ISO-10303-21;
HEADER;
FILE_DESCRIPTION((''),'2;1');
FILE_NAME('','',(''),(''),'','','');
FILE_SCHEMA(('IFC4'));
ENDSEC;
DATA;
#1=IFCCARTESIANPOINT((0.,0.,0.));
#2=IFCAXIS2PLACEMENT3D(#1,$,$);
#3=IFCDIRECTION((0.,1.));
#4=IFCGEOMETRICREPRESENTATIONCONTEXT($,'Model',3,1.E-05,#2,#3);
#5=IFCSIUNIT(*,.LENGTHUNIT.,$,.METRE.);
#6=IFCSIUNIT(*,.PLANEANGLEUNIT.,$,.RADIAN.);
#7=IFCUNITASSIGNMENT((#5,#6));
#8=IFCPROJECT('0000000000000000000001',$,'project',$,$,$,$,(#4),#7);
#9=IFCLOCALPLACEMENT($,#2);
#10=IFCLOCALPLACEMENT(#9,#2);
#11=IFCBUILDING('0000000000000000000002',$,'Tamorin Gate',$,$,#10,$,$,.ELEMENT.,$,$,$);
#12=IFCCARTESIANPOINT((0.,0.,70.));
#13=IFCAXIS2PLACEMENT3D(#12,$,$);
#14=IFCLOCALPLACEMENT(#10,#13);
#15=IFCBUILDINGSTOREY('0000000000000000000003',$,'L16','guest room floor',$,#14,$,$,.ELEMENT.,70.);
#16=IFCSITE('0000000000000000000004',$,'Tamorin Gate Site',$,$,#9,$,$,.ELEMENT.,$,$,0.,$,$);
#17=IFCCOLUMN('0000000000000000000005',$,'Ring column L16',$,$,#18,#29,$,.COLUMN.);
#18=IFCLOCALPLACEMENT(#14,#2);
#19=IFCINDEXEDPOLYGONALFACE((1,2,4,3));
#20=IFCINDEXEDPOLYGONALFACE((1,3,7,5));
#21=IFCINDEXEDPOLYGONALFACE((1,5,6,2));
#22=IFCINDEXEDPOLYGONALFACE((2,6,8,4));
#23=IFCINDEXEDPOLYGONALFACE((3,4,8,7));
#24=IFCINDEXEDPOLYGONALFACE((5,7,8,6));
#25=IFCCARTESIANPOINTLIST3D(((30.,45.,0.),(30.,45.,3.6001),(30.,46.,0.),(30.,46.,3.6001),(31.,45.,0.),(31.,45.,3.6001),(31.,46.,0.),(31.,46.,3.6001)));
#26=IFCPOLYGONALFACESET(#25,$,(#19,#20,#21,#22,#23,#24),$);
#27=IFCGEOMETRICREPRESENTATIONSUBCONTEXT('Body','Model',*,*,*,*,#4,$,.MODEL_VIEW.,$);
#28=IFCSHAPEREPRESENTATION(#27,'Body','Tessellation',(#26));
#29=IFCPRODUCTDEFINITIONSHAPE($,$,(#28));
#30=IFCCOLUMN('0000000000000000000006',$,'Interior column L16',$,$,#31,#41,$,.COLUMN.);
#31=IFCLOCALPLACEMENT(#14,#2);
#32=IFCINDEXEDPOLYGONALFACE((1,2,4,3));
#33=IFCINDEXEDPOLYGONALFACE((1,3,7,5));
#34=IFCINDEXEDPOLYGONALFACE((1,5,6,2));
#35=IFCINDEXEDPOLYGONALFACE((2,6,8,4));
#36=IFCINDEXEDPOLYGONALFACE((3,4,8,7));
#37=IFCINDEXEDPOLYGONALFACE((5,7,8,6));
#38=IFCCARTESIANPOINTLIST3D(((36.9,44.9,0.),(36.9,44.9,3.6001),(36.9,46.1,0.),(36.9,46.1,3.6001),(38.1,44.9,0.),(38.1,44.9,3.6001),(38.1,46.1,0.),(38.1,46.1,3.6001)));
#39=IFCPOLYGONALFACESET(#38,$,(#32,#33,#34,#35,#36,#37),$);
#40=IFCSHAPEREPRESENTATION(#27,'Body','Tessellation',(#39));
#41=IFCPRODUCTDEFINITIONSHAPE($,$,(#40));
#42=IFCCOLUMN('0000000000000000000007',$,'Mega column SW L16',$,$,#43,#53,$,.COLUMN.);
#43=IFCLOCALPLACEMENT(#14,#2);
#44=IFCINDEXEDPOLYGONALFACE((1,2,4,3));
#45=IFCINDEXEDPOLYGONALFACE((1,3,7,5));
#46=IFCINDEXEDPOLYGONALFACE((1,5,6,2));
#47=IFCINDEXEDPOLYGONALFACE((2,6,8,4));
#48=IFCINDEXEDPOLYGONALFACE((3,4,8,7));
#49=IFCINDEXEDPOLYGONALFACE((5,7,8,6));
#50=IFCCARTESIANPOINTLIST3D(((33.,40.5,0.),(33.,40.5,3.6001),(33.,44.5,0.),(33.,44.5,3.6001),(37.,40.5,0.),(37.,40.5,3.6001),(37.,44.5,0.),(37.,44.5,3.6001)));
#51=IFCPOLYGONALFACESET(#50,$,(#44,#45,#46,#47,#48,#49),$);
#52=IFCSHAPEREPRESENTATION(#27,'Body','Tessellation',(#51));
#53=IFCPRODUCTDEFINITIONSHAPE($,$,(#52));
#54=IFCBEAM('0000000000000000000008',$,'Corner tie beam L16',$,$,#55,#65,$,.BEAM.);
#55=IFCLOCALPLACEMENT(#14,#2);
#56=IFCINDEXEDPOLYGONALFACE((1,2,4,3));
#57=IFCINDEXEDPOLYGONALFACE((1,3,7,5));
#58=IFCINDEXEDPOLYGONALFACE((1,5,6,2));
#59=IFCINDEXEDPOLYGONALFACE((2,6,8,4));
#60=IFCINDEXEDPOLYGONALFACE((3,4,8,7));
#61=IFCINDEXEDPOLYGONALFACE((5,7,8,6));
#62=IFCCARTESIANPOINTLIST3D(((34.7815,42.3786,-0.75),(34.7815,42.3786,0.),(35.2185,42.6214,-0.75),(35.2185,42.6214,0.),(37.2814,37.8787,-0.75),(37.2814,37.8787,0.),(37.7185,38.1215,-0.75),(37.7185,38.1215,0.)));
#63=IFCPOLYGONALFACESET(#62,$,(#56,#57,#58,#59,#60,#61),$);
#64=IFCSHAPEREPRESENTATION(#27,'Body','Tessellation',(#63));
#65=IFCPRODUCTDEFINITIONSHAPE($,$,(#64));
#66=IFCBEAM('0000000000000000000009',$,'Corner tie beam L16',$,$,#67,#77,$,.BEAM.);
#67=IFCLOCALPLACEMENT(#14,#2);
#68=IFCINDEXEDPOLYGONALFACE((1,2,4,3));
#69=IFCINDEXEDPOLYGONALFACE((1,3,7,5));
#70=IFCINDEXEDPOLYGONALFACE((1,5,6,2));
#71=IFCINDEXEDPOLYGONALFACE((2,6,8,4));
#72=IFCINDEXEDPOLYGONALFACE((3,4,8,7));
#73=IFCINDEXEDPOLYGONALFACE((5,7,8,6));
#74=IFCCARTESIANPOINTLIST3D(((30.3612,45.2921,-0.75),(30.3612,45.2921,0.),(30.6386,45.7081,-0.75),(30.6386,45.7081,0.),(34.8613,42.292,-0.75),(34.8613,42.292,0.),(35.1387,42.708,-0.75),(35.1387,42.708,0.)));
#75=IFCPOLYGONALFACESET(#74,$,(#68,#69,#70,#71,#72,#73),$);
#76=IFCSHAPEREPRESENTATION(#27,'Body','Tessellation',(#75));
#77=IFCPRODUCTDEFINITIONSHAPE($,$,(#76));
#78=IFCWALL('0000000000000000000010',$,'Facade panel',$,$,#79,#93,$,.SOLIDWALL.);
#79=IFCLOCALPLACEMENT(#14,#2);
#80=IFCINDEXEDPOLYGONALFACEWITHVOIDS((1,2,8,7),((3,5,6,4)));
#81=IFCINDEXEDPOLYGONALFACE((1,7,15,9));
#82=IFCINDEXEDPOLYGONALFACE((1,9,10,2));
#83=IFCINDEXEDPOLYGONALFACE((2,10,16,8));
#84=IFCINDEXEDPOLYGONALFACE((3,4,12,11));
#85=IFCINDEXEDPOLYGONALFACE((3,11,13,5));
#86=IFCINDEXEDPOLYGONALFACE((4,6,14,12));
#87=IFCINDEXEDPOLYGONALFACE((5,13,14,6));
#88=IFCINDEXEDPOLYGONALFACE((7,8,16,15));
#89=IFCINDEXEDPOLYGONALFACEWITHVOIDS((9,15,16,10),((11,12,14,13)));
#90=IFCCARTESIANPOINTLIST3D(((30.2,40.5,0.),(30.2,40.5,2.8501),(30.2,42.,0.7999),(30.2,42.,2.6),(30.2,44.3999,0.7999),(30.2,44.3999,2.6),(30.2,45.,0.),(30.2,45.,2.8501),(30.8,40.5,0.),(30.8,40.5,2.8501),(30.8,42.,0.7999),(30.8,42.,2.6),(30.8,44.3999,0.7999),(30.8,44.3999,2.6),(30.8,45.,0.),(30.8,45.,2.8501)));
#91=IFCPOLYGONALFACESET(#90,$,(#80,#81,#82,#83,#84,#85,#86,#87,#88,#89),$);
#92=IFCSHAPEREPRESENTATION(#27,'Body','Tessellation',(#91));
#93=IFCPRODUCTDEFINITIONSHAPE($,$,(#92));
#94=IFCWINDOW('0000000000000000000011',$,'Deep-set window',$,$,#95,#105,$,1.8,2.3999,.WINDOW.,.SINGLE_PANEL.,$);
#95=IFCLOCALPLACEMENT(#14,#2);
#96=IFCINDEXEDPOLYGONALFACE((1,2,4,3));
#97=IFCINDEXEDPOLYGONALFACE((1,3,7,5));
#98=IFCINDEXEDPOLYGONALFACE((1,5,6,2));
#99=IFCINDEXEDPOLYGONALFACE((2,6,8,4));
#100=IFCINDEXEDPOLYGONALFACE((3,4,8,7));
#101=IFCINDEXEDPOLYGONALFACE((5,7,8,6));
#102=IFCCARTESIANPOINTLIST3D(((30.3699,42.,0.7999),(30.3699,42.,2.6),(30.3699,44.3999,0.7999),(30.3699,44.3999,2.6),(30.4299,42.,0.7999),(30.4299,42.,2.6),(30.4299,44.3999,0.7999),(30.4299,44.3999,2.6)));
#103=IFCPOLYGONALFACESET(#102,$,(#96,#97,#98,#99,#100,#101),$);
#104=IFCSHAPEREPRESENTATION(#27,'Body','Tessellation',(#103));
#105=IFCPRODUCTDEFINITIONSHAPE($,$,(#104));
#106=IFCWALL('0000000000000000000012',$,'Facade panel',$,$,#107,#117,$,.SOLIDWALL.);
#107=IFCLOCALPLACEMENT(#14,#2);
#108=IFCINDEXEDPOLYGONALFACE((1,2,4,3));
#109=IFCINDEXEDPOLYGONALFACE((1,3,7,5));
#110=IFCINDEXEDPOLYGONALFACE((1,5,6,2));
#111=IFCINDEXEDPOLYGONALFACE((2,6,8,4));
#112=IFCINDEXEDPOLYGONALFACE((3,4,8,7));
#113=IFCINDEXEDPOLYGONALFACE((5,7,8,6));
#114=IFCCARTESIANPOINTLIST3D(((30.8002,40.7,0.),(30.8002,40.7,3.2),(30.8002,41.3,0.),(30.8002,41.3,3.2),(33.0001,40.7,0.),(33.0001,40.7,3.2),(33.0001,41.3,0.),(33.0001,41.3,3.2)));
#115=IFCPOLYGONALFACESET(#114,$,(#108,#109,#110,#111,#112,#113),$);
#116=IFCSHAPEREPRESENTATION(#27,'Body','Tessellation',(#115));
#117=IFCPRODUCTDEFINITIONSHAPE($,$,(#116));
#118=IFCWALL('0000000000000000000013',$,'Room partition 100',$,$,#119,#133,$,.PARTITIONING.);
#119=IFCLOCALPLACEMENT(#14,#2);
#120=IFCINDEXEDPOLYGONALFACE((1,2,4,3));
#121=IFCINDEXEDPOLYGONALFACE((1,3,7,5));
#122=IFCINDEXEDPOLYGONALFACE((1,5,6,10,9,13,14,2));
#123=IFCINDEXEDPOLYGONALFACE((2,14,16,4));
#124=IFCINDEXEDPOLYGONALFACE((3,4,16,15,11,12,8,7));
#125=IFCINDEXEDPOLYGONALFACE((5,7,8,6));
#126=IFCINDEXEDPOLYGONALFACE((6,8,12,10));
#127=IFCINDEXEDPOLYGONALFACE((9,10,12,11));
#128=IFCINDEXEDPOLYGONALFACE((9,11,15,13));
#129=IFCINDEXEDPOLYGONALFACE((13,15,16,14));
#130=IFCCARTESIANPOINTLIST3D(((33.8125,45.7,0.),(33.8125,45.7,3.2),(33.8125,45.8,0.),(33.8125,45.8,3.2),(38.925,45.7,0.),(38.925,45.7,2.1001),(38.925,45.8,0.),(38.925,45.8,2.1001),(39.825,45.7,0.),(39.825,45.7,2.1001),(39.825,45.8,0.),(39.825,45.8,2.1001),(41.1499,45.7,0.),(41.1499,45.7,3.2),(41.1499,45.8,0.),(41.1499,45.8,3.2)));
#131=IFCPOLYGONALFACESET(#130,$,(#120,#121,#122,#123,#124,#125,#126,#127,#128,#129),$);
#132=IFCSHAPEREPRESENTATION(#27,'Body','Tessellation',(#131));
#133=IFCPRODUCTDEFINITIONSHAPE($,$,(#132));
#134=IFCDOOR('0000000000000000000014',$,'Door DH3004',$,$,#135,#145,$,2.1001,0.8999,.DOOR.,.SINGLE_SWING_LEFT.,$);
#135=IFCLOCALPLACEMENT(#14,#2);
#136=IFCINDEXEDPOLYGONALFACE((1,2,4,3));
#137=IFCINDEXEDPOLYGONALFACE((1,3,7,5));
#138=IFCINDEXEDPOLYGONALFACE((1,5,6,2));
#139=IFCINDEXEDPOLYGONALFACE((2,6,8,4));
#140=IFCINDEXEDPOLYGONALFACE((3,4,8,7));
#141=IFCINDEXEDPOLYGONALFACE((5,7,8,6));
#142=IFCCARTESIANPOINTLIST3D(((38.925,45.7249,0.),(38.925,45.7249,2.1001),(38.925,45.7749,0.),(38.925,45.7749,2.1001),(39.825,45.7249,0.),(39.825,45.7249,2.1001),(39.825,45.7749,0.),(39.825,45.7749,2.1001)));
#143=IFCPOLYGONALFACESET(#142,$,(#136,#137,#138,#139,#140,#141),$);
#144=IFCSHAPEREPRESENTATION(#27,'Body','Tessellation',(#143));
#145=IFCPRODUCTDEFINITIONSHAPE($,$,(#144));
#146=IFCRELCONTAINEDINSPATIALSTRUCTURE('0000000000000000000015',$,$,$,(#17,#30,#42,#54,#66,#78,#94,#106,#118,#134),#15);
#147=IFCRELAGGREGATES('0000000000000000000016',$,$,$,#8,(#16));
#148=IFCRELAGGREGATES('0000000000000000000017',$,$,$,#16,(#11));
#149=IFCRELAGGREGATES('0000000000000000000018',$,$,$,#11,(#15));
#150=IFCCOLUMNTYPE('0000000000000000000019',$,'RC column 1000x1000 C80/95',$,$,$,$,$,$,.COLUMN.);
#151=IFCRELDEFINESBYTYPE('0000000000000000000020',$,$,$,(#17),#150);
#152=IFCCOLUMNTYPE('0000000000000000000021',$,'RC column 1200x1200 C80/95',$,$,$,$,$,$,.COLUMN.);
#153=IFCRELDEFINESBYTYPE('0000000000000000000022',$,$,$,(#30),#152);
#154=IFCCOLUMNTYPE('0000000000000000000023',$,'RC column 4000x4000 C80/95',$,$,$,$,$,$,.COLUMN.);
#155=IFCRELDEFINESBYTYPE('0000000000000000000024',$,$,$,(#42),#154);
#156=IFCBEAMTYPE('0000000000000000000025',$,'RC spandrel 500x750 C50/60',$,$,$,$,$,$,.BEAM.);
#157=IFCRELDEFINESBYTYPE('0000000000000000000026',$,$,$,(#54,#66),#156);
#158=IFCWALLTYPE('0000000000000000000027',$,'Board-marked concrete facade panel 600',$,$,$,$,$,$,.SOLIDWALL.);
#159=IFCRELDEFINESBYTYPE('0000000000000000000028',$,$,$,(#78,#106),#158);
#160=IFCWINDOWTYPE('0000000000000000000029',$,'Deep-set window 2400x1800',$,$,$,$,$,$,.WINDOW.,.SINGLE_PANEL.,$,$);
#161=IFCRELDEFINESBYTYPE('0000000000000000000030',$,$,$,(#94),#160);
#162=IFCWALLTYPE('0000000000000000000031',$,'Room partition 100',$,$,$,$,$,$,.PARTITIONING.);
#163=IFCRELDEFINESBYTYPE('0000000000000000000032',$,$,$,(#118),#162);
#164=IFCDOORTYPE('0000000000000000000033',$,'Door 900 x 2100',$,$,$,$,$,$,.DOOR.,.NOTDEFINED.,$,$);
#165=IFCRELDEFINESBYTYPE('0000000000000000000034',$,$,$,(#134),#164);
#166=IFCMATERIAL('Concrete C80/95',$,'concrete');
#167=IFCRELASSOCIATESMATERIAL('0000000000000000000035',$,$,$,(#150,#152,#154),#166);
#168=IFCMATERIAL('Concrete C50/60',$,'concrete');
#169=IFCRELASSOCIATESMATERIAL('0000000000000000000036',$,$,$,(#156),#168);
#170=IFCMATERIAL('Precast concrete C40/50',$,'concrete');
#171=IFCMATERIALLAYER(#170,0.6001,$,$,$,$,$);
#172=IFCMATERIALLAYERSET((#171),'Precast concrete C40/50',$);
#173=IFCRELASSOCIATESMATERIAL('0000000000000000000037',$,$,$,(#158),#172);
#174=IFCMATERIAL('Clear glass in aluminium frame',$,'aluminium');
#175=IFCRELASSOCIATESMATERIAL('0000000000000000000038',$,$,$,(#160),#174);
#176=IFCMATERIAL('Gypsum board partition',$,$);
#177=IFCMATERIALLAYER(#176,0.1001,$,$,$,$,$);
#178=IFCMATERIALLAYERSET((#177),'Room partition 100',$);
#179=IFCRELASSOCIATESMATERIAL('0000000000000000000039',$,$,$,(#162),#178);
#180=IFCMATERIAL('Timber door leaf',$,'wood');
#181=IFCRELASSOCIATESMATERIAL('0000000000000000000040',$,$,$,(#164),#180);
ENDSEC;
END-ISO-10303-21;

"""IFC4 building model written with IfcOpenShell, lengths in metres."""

from ifc_helpers import new_model, si_unit, direction, frame, frame_2d, origin, origin_2d, place, context, subcontext, project, spatial, rectangle, extrude, material, layer, layer_set, material_profile, profile_set, type_object, element, fill, save


model = new_model("IFC4")

# Units and contexts
model_context = context("Model", 3, precision=1e-05, world=origin(), true_north=direction((0.0, 1.0)))
body_context = subcontext(model_context, "Body", "Model", "MODEL_VIEW")
ifc_project = project(units=[si_unit("LENGTHUNIT", "METRE"), si_unit("PLANEANGLEUNIT", "RADIAN")], contexts=[model_context])

# Site, building, storey
site_placement = place(None, origin())
site = spatial("IfcSite", under=ifc_project, at=site_placement, Name="Tamorin Gate Site", CompositionType="ELEMENT", RefElevation=0.0)
building_placement = place(site_placement, origin())
building = spatial("IfcBuilding", under=site, at=building_placement, Name="Tamorin Gate", CompositionType="ELEMENT")
storey_placement = place(building_placement, frame((0.0, 0.0, 70.0)))
storey = spatial("IfcBuildingStorey", under=building, at=storey_placement, Name="L16", Description="guest room floor", CompositionType="ELEMENT", Elevation=70.0)

# Columns
ifc_material_1 = material(Name="Concrete C80/95", Category="concrete")
ifc_material_profile_1 = material_profile(ifc_material_1, rectangle(XDim=1.0, YDim=1.0, at=origin_2d()), Name="RC 1000x1000")
ifc_profile_set_1 = profile_set([ifc_material_profile_1], Name="Concrete C80/95")
column_type_1 = type_object("IfcColumnType", Name="RC column 1000x1000 C80/95", PredefinedType="COLUMN", material=ifc_profile_set_1)
column_1_placement = place(storey_placement, frame((30.5, 45.5, 0.0), z_axis=(0.0, 0.0, 1.0), x_axis=(1.0, 0.0, 0.0)))
element("IfcColumn", 1, at=column_1_placement, inside=storey, type_object=column_type_1, Name="Ring column L16", PredefinedType="COLUMN", context=body_context, shape_type="SweptSolid", body=[
    extrude(rectangle(XDim=1.0, YDim=1.0, at=origin_2d()), origin(), (0.0, 0.0, 1.0), 3.6001),
])
ifc_material_profile_2 = material_profile(ifc_material_1, rectangle(XDim=1.2, YDim=1.2, at=origin_2d()), Name="RC 1200x1200")
ifc_profile_set_2 = profile_set([ifc_material_profile_2], Name="Concrete C80/95")
column_type_2 = type_object("IfcColumnType", Name="RC column 1200x1200 C80/95", PredefinedType="COLUMN", material=ifc_profile_set_2)
column_2_placement = place(storey_placement, frame((37.5, 45.5, 0.0), z_axis=(0.0, 0.0, 1.0), x_axis=(1.0, 0.0, 0.0)))
element("IfcColumn", 2, at=column_2_placement, inside=storey, type_object=column_type_2, Name="Interior column L16", PredefinedType="COLUMN", context=body_context, shape_type="SweptSolid", body=[
    extrude(rectangle(XDim=1.2, YDim=1.2, at=origin_2d()), origin(), (0.0, 0.0, 1.0), 3.6001),
])
ifc_material_profile_3 = material_profile(ifc_material_1, rectangle(XDim=4.0, YDim=4.0, at=origin_2d()), Name="RC 4000x4000")
ifc_profile_set_3 = profile_set([ifc_material_profile_3], Name="Concrete C80/95")
column_type_3 = type_object("IfcColumnType", Name="RC column 4000x4000 C80/95", PredefinedType="COLUMN", material=ifc_profile_set_3)
column_3_placement = place(storey_placement, frame((35.0, 42.5, 0.0), z_axis=(0.0, 0.0, 1.0), x_axis=(1.0, 0.0, 0.0)))
element("IfcColumn", 3, at=column_3_placement, inside=storey, type_object=column_type_3, Name="Mega column SW L16", PredefinedType="COLUMN", context=body_context, shape_type="SweptSolid", body=[
    extrude(rectangle(XDim=4.0, YDim=4.0, at=origin_2d()), origin(), (0.0, 0.0, 1.0), 3.6001),
])

# Beams
ifc_material_2 = material(Name="Concrete C50/60", Category="concrete")
ifc_material_profile_4 = material_profile(ifc_material_2, rectangle(XDim=0.5, YDim=0.75, at=origin_2d()), Name="RC 500x750")
ifc_profile_set_4 = profile_set([ifc_material_profile_4], Name="Concrete C50/60")
beam_type = type_object("IfcBeamType", Name="RC spandrel 500x750 C50/60", PredefinedType="BEAM", material=ifc_profile_set_4)
beam_1_placement = place(storey_placement, frame((35.0, 42.5, -0.375), z_axis=(0.485643, -0.874157, 0.0), x_axis=(0.874157, 0.485643, 0.0)))
element("IfcBeam", 4, at=beam_1_placement, inside=storey, type_object=beam_type, Name="Corner tie beam L16", PredefinedType="BEAM", context=body_context, shape_type="SweptSolid", body=[
    extrude(rectangle(XDim=0.5, YDim=0.75, at=origin_2d()), origin(), (0.0, 0.0, 1.0), 5.1477),
])
beam_2_placement = place(storey_placement, frame((35.0, 42.5, -0.375), z_axis=(-0.83205, 0.5547, 0.0), x_axis=(-0.5547, -0.83205, 0.0)))
element("IfcBeam", 5, at=beam_2_placement, inside=storey, type_object=beam_type, Name="Corner tie beam L16", PredefinedType="BEAM", context=body_context, shape_type="SweptSolid", body=[
    extrude(rectangle(XDim=0.5, YDim=0.75, at=origin_2d()), origin(), (0.0, 0.0, 1.0), 5.4084),
])

# Wall, opening, window
ifc_material_3 = material(Name="Precast concrete C40/50", Category="concrete")
ifc_layer_1 = layer(ifc_material_3, 0.6001)
ifc_layer_set_1 = layer_set([ifc_layer_1], Name="Precast concrete C40/50")
wall_type_1 = type_object("IfcWallType", Name="Board-marked concrete facade panel 600", PredefinedType="SOLIDWALL", material=ifc_layer_set_1)
wall_1_placement = place(storey_placement, frame((30.5, 45.0, 0.0), z_axis=(0.0, 0.0, 1.0), x_axis=(0.0, -1.0, 0.0)))
wall_1 = element("IfcWall", 6, at=wall_1_placement, inside=storey, type_object=wall_type_1, Name="Facade panel", PredefinedType="SOLIDWALL", context=body_context, shape_type="SweptSolid", body=[
    extrude(rectangle(XDim=4.5, YDim=0.6001, at=frame_2d((2.25, 0.0))), origin(), (0.0, 0.0, 1.0), 2.8501),
])
opening_1_placement = place(wall_1_placement, frame((0.6001, 0.0, 0.8)))
opening_1 = element("IfcOpeningElement", 7, at=opening_1_placement, cuts=wall_1, PredefinedType="OPENING", context=body_context, shape_type="SweptSolid", body=[
    extrude(rectangle(XDim=2.3999, YDim=1.8, at=frame_2d((1.2, 0.8999))), frame((0.0, 0.3101, 0.0), z_axis=(0.0, -1.0, 0.0), x_axis=(1.0, 0.0, 0.0)), (0.0, 0.0, 1.0), 0.6201),
])
ifc_material_4 = material(Name="Clear glass in aluminium frame", Category="aluminium")
window_type = type_object("IfcWindowType", Name="Deep-set window 2400x1800", PartitioningType="SINGLE_PANEL", PredefinedType="WINDOW", material=ifc_material_4)
window_placement = place(opening_1_placement, origin())
window = element("IfcWindow", 8, at=window_placement, inside=storey, type_object=window_type, Name="Deep-set window", OverallHeight=1.8, OverallWidth=2.3999, PartitioningType="SINGLE_PANEL", PredefinedType="WINDOW", context=body_context, shape_type="SweptSolid", body=[
    extrude(rectangle(XDim=2.3999, YDim=1.8, at=frame_2d((1.2, 0.8999))), frame((0.0, -0.0701, 0.0), z_axis=(0.0, -1.0, 0.0), x_axis=(1.0, 0.0, 0.0)), (0.0, 0.0, 1.0), 0.0601),
])
fill(opening_1, window)

# Wall
wall_2_placement = place(storey_placement, frame((30.8, 41.0, 0.0), z_axis=(0.0, 0.0, 1.0), x_axis=(1.0, 0.0, 0.0)))
element("IfcWall", 9, at=wall_2_placement, inside=storey, type_object=wall_type_1, Name="Facade panel", PredefinedType="SOLIDWALL", context=body_context, shape_type="SweptSolid", body=[
    extrude(rectangle(XDim=2.2, YDim=0.6001, at=frame_2d((1.1001, 0.0))), origin(), (0.0, 0.0, 1.0), 3.2),
])

# Wall, opening, door
ifc_material_5 = material(Name="Gypsum board partition")
ifc_layer_2 = layer(ifc_material_5, 0.1001)
ifc_layer_set_2 = layer_set([ifc_layer_2], Name="Room partition 100")
wall_type_2 = type_object("IfcWallType", Name="Room partition 100", PredefinedType="PARTITIONING", material=ifc_layer_set_2)
wall_3_placement = place(storey_placement, frame((33.8125, 45.75, 0.0), z_axis=(0.0, 0.0, 1.0), x_axis=(1.0, 0.0, 0.0)))
wall_3 = element("IfcWall", 10, at=wall_3_placement, inside=storey, type_object=wall_type_2, Name="Room partition 100", PredefinedType="PARTITIONING", context=body_context, shape_type="SweptSolid", body=[
    extrude(rectangle(XDim=7.3374, YDim=0.1001, at=frame_2d((3.6687, 0.0))), origin(), (0.0, 0.0, 1.0), 3.2),
])
opening_2_placement = place(wall_3_placement, frame((5.1125, 0.0, 0.0)))
opening_2 = element("IfcOpeningElement", 11, at=opening_2_placement, cuts=wall_3, PredefinedType="OPENING", context=body_context, shape_type="SweptSolid", body=[
    extrude(rectangle(XDim=0.8999, YDim=2.1001, at=frame_2d((0.45, 1.05))), frame((0.0, 0.0601, 0.0), z_axis=(0.0, -1.0, 0.0), x_axis=(1.0, 0.0, 0.0)), (0.0, 0.0, 1.0), 0.1201),
])
ifc_material_6 = material(Name="Timber door leaf", Category="wood")
door_type = type_object("IfcDoorType", Name="Door 900 x 2100", OperationType="NOTDEFINED", PredefinedType="DOOR", material=ifc_material_6)
door_1_placement = place(opening_2_placement, origin())
door_1 = element("IfcDoor", 12, at=door_1_placement, inside=storey, type_object=door_type, Name="Door DH3004", OperationType="SINGLE_SWING_LEFT", OverallHeight=2.1001, OverallWidth=0.8999, PredefinedType="DOOR", context=body_context, shape_type="SweptSolid", body=[
    extrude(rectangle(XDim=0.8999, YDim=2.1001, at=frame_2d((0.45, 1.05))), frame((0.0, 0.0249, 0.0), z_axis=(0.0, -1.0, 0.0), x_axis=(1.0, 0.0, 0.0)), (0.0, 0.0, 1.0), 0.05),
])
fill(opening_2, door_1)

save(model, "model.ifc")
